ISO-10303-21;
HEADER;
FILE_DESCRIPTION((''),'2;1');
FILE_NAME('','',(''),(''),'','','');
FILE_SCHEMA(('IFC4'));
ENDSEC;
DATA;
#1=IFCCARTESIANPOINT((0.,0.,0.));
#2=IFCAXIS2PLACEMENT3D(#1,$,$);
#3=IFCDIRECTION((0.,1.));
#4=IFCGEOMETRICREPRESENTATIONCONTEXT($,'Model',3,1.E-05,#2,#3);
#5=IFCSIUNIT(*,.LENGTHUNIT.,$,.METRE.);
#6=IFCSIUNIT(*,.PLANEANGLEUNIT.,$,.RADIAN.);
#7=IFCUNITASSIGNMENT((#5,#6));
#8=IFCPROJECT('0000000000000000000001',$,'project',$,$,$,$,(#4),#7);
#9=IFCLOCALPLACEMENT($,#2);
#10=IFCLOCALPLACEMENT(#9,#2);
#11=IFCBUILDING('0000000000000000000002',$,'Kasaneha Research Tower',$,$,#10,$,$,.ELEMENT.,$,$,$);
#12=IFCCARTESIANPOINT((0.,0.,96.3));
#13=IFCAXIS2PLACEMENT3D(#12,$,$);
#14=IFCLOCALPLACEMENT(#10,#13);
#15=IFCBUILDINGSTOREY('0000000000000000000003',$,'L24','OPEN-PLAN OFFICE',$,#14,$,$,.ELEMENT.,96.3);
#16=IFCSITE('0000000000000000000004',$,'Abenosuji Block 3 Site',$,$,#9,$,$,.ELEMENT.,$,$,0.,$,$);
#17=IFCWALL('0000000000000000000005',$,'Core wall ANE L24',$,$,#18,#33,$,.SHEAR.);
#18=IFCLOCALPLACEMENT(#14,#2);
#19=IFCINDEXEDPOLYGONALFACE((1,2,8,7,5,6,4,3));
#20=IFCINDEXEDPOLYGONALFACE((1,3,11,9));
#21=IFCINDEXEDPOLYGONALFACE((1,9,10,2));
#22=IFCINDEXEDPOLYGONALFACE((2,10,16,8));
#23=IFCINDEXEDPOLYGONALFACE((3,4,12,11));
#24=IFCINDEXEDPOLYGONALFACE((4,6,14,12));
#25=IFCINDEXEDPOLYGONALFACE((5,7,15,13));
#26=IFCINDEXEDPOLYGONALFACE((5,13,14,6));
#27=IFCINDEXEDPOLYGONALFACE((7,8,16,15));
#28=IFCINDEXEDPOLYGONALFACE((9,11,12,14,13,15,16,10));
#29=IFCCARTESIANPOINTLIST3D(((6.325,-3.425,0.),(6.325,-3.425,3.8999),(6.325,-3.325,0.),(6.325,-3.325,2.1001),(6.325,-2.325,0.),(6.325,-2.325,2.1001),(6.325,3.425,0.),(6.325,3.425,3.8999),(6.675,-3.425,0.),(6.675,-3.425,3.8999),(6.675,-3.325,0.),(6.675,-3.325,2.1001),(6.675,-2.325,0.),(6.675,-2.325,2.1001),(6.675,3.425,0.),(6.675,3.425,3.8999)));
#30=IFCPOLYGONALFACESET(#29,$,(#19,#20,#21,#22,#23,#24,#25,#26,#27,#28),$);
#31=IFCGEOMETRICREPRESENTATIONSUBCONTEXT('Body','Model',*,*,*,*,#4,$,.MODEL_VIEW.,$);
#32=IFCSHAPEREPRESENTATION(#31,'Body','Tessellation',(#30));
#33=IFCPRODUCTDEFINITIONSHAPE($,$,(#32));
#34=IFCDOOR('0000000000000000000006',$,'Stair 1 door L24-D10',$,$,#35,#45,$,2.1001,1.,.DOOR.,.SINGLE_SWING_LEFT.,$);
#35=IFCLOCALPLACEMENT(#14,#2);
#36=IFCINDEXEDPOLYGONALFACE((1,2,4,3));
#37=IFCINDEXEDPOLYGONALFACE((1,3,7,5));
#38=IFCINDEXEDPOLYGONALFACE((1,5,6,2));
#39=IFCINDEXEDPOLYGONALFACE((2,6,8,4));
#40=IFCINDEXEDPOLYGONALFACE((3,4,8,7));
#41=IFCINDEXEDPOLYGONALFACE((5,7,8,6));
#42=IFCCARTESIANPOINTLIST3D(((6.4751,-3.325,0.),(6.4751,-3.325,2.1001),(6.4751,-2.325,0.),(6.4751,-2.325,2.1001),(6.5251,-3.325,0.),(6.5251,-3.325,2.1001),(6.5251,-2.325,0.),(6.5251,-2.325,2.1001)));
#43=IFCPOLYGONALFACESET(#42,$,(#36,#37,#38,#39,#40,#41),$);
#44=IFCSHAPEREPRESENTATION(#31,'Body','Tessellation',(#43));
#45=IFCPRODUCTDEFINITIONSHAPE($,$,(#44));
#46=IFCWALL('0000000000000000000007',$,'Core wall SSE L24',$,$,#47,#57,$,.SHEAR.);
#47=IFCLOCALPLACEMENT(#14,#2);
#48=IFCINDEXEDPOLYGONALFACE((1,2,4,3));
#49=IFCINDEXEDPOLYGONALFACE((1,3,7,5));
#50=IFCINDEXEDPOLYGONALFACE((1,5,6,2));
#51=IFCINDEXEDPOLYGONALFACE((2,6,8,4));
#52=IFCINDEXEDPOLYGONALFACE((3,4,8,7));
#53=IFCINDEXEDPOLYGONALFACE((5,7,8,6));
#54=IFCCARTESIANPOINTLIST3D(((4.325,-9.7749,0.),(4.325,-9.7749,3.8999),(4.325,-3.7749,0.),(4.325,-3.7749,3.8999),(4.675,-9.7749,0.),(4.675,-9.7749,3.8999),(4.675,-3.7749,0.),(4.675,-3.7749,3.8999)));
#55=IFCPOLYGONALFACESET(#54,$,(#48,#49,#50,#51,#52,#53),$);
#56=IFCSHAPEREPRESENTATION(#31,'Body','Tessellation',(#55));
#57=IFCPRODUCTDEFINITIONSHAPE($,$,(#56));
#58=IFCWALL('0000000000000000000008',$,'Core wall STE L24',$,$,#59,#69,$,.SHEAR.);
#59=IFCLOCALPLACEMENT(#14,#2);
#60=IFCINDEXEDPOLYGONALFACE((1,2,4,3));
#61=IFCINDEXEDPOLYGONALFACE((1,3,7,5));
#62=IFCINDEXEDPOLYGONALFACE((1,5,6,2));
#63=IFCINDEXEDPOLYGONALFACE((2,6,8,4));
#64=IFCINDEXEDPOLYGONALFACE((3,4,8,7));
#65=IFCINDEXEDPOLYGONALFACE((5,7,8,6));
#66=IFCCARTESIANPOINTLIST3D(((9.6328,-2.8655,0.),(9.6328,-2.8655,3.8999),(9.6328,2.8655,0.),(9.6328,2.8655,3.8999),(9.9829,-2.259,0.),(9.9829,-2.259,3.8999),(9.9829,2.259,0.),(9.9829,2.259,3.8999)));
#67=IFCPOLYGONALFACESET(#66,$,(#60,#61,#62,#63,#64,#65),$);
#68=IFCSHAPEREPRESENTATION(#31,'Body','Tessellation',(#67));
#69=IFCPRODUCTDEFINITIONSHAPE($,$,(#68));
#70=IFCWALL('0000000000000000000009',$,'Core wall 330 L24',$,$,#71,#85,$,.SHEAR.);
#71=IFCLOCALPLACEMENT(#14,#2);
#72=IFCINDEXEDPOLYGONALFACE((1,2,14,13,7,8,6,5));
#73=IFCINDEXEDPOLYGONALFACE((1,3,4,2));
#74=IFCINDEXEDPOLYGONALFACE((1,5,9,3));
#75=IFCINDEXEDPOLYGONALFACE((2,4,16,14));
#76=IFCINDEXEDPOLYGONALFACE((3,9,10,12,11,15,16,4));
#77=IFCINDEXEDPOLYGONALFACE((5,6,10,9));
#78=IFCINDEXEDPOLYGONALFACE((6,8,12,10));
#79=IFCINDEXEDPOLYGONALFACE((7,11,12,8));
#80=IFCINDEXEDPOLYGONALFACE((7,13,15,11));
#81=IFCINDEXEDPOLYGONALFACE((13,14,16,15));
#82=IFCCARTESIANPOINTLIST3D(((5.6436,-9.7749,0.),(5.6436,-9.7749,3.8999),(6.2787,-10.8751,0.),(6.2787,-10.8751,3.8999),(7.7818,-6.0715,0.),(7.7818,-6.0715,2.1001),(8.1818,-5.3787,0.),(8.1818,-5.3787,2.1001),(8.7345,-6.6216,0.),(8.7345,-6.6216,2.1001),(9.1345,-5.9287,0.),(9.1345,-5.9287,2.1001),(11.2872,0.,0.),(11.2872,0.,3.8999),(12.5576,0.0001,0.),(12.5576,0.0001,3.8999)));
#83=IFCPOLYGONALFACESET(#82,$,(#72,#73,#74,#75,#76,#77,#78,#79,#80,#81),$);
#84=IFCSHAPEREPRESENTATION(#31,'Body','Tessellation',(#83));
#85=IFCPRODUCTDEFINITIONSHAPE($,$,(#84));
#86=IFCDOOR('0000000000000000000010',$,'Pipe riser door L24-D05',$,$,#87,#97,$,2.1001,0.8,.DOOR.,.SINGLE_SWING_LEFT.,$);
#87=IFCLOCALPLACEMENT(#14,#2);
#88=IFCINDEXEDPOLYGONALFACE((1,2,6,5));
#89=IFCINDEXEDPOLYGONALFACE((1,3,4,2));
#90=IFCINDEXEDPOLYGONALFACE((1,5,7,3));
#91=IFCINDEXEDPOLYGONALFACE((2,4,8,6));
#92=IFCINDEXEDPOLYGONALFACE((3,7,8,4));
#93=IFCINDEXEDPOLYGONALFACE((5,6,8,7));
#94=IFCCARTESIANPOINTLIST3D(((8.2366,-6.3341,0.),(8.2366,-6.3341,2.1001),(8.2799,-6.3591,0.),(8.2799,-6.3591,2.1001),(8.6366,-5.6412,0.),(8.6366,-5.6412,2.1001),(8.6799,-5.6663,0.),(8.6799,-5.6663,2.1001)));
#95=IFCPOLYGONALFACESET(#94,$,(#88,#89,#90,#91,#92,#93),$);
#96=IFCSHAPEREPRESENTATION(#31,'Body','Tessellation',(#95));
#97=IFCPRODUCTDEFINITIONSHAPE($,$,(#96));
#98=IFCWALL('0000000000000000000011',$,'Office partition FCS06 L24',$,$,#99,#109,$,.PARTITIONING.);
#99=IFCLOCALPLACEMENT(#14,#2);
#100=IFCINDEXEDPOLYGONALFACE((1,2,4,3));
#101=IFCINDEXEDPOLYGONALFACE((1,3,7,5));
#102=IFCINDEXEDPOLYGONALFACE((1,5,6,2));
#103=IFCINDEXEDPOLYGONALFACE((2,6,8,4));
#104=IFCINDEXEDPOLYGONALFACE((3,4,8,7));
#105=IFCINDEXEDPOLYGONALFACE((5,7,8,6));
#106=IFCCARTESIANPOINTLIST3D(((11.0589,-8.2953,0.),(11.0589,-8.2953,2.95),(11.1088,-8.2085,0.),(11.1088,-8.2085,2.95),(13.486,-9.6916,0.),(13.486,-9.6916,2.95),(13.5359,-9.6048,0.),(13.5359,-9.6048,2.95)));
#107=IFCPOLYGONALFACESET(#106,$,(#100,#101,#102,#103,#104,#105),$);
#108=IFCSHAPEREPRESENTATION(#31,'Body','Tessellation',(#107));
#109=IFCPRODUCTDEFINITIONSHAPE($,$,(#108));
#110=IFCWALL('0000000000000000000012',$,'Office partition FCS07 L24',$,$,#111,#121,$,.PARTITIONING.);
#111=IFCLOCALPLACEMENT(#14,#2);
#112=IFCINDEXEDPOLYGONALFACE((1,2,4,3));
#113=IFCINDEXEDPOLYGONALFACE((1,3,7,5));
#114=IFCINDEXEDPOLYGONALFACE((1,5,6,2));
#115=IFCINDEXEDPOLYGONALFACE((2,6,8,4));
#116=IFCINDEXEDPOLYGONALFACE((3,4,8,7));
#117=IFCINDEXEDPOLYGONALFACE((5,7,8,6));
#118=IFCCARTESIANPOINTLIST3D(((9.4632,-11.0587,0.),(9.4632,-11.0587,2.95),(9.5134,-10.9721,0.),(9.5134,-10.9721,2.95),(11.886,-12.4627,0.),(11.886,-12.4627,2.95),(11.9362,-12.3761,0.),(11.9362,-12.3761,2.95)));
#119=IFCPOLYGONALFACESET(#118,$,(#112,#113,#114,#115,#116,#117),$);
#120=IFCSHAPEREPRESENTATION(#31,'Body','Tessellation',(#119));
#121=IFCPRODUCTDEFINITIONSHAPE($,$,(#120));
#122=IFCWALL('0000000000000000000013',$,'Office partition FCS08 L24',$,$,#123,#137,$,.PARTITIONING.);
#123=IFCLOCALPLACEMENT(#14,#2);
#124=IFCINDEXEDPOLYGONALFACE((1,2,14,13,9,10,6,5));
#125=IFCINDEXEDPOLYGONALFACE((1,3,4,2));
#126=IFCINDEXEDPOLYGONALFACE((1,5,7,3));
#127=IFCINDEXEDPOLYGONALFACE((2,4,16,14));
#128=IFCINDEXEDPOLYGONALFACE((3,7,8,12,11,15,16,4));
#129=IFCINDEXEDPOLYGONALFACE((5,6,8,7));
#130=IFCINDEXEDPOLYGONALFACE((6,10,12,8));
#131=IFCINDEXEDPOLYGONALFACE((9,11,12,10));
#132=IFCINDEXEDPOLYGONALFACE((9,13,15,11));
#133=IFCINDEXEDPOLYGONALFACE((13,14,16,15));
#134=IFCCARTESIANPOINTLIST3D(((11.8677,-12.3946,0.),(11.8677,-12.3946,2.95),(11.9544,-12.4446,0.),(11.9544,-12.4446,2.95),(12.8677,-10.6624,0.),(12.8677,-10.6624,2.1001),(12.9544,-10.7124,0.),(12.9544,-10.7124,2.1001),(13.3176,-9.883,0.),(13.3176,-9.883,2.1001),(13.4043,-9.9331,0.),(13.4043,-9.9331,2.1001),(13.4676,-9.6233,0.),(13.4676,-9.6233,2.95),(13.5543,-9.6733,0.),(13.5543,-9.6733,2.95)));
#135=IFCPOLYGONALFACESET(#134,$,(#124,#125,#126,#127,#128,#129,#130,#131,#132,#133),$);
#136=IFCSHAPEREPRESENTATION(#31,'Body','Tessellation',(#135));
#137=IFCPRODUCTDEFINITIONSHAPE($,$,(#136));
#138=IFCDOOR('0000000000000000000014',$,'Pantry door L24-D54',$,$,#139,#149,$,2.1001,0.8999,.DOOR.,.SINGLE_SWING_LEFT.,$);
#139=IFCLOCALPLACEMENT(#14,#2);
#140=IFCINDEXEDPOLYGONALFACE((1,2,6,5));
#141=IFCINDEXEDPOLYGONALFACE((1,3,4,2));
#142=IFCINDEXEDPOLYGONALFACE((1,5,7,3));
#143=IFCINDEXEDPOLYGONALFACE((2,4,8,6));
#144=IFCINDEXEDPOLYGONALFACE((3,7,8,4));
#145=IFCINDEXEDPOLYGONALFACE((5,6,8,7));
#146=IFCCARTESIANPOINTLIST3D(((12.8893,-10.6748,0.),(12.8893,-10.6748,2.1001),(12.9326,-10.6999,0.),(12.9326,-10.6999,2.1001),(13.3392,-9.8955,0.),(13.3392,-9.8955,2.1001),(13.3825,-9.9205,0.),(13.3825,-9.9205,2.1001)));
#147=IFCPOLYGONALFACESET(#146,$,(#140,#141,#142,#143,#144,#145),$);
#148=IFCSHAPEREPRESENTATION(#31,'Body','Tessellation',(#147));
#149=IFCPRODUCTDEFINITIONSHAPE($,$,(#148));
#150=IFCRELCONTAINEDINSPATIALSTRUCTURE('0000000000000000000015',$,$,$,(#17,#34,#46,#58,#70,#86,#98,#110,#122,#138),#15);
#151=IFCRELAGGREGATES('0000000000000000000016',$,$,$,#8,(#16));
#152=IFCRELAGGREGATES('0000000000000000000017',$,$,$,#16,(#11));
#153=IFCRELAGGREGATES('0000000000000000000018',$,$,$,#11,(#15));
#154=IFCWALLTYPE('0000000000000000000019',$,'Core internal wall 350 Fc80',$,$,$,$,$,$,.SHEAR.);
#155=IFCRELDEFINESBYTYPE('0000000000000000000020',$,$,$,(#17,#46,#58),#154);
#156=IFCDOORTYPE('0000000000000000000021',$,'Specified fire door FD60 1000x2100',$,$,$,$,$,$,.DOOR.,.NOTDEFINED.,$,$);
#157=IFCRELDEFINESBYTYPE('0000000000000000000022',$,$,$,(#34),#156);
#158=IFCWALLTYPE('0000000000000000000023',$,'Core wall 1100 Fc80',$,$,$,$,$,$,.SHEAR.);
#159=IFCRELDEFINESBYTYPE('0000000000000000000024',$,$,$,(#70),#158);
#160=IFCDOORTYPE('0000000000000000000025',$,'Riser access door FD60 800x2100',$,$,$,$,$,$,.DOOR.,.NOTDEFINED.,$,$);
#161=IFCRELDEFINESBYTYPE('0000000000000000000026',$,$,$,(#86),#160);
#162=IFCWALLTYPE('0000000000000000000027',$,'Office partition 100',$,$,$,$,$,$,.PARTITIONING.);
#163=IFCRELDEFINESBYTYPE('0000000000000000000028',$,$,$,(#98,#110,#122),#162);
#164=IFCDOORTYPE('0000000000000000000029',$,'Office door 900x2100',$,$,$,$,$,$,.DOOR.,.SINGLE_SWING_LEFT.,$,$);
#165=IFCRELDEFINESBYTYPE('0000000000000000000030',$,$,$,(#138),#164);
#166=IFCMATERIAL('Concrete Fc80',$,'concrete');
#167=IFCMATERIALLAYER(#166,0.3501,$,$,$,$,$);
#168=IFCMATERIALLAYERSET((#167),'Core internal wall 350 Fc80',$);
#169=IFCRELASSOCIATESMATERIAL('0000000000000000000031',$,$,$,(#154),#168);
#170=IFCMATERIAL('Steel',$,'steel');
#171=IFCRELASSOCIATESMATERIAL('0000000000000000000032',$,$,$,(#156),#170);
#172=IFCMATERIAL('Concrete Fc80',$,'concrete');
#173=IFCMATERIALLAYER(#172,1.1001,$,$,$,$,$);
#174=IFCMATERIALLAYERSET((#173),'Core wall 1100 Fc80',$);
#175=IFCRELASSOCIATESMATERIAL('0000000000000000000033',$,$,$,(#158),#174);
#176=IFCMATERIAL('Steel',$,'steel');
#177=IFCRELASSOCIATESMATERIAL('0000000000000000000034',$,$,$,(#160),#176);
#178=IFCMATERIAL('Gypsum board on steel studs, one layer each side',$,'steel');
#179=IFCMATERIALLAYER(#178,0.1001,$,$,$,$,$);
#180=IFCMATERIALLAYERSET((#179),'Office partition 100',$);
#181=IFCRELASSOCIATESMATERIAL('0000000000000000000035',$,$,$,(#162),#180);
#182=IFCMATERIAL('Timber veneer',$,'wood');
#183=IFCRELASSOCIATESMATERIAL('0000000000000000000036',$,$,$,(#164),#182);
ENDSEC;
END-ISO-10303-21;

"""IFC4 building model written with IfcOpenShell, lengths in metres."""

from ifc_helpers import new_model, si_unit, direction, frame, frame_2d, origin, place, context, subcontext, project, spatial, polyline, rectangle, outline, extrude, material, layer, layer_set, type_object, element, fill, save


model = new_model("IFC4")

# Units and contexts
model_context = context("Model", 3, precision=1e-05, world=origin(), true_north=direction((0.0, 1.0)))
body_context = subcontext(model_context, "Body", "Model", "MODEL_VIEW")
ifc_project = project(units=[si_unit("LENGTHUNIT", "METRE"), si_unit("PLANEANGLEUNIT", "RADIAN")], contexts=[model_context])

# Site, building, storey
site_placement = place(None, origin())
site = spatial("IfcSite", under=ifc_project, at=site_placement, Name="Abenosuji Block 3 Site", CompositionType="ELEMENT", RefElevation=0.0)
building_placement = place(site_placement, origin())
building = spatial("IfcBuilding", under=site, at=building_placement, Name="Kasaneha Research Tower", CompositionType="ELEMENT")
storey_placement = place(building_placement, frame((0.0, 0.0, 96.3)))
storey = spatial("IfcBuildingStorey", under=building, at=storey_placement, Name="L24", Description="OPEN-PLAN OFFICE", CompositionType="ELEMENT", Elevation=96.3)

# Wall, opening, door
ifc_material_1 = material(Name="Concrete Fc80", Category="concrete")
ifc_layer_1 = layer(ifc_material_1, 0.3501)
ifc_layer_set_1 = layer_set([ifc_layer_1], Name="Core internal wall 350 Fc80")
wall_type_1 = type_object("IfcWallType", Name="Core internal wall 350 Fc80", PredefinedType="SHEAR", material=ifc_layer_set_1)
ifc_material_2 = material(Name="Steel", Category="steel")
door_type_1 = type_object("IfcDoorType", Name="Specified fire door FD60 1000x2100", OperationType="NOTDEFINED", PredefinedType="DOOR", material=ifc_material_2)
wall_1_placement = place(storey_placement, frame((6.5, -3.425, 0.0), z_axis=(0.0, 0.0, 1.0), x_axis=(0.0, 1.0, 0.0)))
wall_1 = element("IfcWall", 1, at=wall_1_placement, inside=storey, type_object=wall_type_1, Name="Core wall ANE L24", PredefinedType="SHEAR", context=body_context, shape_type="SweptSolid", body=[
    extrude(rectangle(XDim=6.8501, YDim=0.3501, at=frame_2d((3.425, 0.0))), origin(), (0.0, 0.0, 1.0), 3.8999),
])
opening_1_placement = place(wall_1_placement, frame((0.1001, 0.0, 0.0)))
opening_1 = element("IfcOpeningElement", 2, at=opening_1_placement, cuts=wall_1, PredefinedType="OPENING", context=body_context, shape_type="SweptSolid", body=[
    extrude(rectangle(XDim=1.0, YDim=2.1001, at=frame_2d((0.5, 1.05))), frame((0.0, 0.1851, 0.0), z_axis=(0.0, -1.0, 0.0), x_axis=(1.0, 0.0, 0.0)), (0.0, 0.0, 1.0), 0.3701),
])
door_1_placement = place(opening_1_placement, origin())
door_1 = element("IfcDoor", 3, at=door_1_placement, inside=storey, type_object=door_type_1, Name="Stair 1 door L24-D10", OperationType="SINGLE_SWING_LEFT", OverallHeight=2.1001, OverallWidth=1.0, PredefinedType="DOOR", context=body_context, shape_type="SweptSolid", body=[
    extrude(rectangle(XDim=1.0, YDim=2.1001, at=frame_2d((0.5, 1.05))), frame((0.0, 0.0249, 0.0), z_axis=(0.0, -1.0, 0.0), x_axis=(1.0, 0.0, 0.0)), (0.0, 0.0, 1.0), 0.05),
])
fill(opening_1, door_1)

# Walls
wall_2_placement = place(storey_placement, frame((4.5, -3.7749, 0.0), z_axis=(0.0, 0.0, 1.0), x_axis=(0.0, -1.0, 0.0)))
element("IfcWall", 4, at=wall_2_placement, inside=storey, type_object=wall_type_1, Name="Core wall SSE L24", PredefinedType="SHEAR", context=body_context, shape_type="SweptSolid", body=[
    extrude(rectangle(XDim=6.0, YDim=0.3501, at=frame_2d((3.0, 0.0))), origin(), (0.0, 0.0, 1.0), 3.8999),
])
wall_3_placement = place(storey_placement, frame((9.8079, -2.5623, 0.0), z_axis=(0.0, 0.0, 1.0), x_axis=(0.0, 1.0, 0.0)))
element("IfcWall", 5, at=wall_3_placement, inside=storey, type_object=wall_type_1, Name="Core wall STE L24", PredefinedType="SHEAR", context=body_context, shape_type="SweptSolid", body=[
    extrude(outline(polyline([(0.3032, -0.175), (4.8213, -0.175), (5.4277, 0.175), (-0.3032, 0.175), (0.3032, -0.175)])), origin(), (0.0, 0.0, 1.0), 3.8999),
])

# Wall, opening, door
ifc_material_3 = material(Name="Concrete Fc80", Category="concrete")
ifc_layer_2 = layer(ifc_material_3, 1.1001)
ifc_layer_set_2 = layer_set([ifc_layer_2], Name="Core wall 1100 Fc80")
wall_type_2 = type_object("IfcWallType", Name="Core wall 1100 Fc80", PredefinedType="SHEAR", material=ifc_layer_set_2)
wall_4_placement = place(storey_placement, frame((5.9612, -10.325, 0.0), z_axis=(0.0, 0.0, 1.0), x_axis=(0.500004, 0.866023, 0.0)))
wall_4 = element("IfcWall", 6, at=wall_4_placement, inside=storey, type_object=wall_type_2, Name="Core wall 330 L24", PredefinedType="SHEAR", context=body_context, shape_type="SweptSolid", body=[
    extrude(outline(polyline([(-0.3176, -0.55), (4.594, -0.55), (5.394, -0.55), (12.24, -0.55), (11.6047, 0.55), (5.394, 0.55), (4.594, 0.55), (0.3176, 0.55), (-0.3176, -0.55)])), origin(), (0.0, 0.0, 1.0), 3.8999),
])
opening_2_placement = place(wall_4_placement, frame((4.594, 0.0, 0.0)))
opening_2 = element("IfcOpeningElement", 7, at=opening_2_placement, cuts=wall_4, PredefinedType="OPENING", context=body_context, shape_type="SweptSolid", body=[
    extrude(rectangle(XDim=0.8, YDim=2.1001, at=frame_2d((0.3999, 1.05))), frame((0.0, 0.5601, 0.0), z_axis=(0.0, -1.0, 0.0), x_axis=(1.0, 0.0, 0.0)), (0.0, 0.0, 1.0), 1.1201),
])
ifc_material_4 = material(Name="Steel", Category="steel")
door_type_2 = type_object("IfcDoorType", Name="Riser access door FD60 800x2100", OperationType="NOTDEFINED", PredefinedType="DOOR", material=ifc_material_4)
door_2_placement = place(opening_2_placement, origin())
door_2 = element("IfcDoor", 8, at=door_2_placement, inside=storey, type_object=door_type_2, Name="Pipe riser door L24-D05", OperationType="SINGLE_SWING_LEFT", OverallHeight=2.1001, OverallWidth=0.8, PredefinedType="DOOR", context=body_context, shape_type="SweptSolid", body=[
    extrude(rectangle(XDim=0.8, YDim=2.1001, at=frame_2d((0.3999, 1.05))), frame((0.0, 0.0249, 0.0), z_axis=(0.0, -1.0, 0.0), x_axis=(1.0, 0.0, 0.0)), (0.0, 0.0, 1.0), 0.05),
])
fill(opening_2, door_2)

# Walls
ifc_material_5 = material(Name="Gypsum board on steel studs, one layer each side", Category="steel")
ifc_layer_3 = layer(ifc_material_5, 0.1001)
ifc_layer_set_3 = layer_set([ifc_layer_3], Name="Office partition 100")
wall_type_3 = type_object("IfcWallType", Name="Office partition 100", PredefinedType="PARTITIONING", material=ifc_layer_set_3)
wall_5_placement = place(storey_placement, frame((11.084, -8.252, 0.0), z_axis=(0.0, 0.0, 1.0), x_axis=(0.866796, -0.498663, 0.0)))
element("IfcWall", 9, at=wall_5_placement, inside=storey, type_object=wall_type_3, Name="Office partition FCS06 L24", PredefinedType="PARTITIONING", context=body_context, shape_type="SweptSolid", body=[
    extrude(rectangle(XDim=2.8, YDim=0.1001, at=frame_2d((1.3999, 0.0))), origin(), (0.0, 0.0, 1.0), 2.95),
])
wall_6_placement = place(storey_placement, frame((11.9111, -12.4194, 0.0), z_axis=(0.0, 0.0, 1.0), x_axis=(-0.865217, 0.501397, 0.0)))
element("IfcWall", 10, at=wall_6_placement, inside=storey, type_object=wall_type_3, Name="Office partition FCS07 L24", PredefinedType="PARTITIONING", context=body_context, shape_type="SweptSolid", body=[
    extrude(rectangle(XDim=2.8003, YDim=0.1001, at=frame_2d((1.4001, 0.0))), origin(), (0.0, 0.0, 1.0), 2.95),
])

# Wall, opening, door
wall_7_placement = place(storey_placement, frame((13.511, -9.6482, 0.0), z_axis=(0.0, 0.0, 1.0), x_axis=(-0.499971, -0.866042, 0.0)))
wall_7 = element("IfcWall", 11, at=wall_7_placement, inside=storey, type_object=wall_type_3, Name="Office partition FCS08 L24", PredefinedType="PARTITIONING", context=body_context, shape_type="SweptSolid", body=[
    extrude(rectangle(XDim=3.2, YDim=0.1001, at=frame_2d((1.6001, 0.0))), origin(), (0.0, 0.0, 1.0), 2.95),
])
opening_3_placement = place(wall_7_placement, frame((0.3, 0.0, 0.0)))
opening_3 = element("IfcOpeningElement", 12, at=opening_3_placement, cuts=wall_7, PredefinedType="OPENING", context=body_context, shape_type="SweptSolid", body=[
    extrude(rectangle(XDim=0.8999, YDim=2.1001, at=frame_2d((0.45, 1.05))), frame((0.0, 0.0601, 0.0), z_axis=(0.0, -1.0, 0.0), x_axis=(1.0, 0.0, 0.0)), (0.0, 0.0, 1.0), 0.1201),
])
ifc_material_6 = material(Name="Timber veneer", Category="wood")
door_type_3 = type_object("IfcDoorType", Name="Office door 900x2100", OperationType="SINGLE_SWING_LEFT", PredefinedType="DOOR", material=ifc_material_6)
door_3_placement = place(opening_3_placement, origin())
door_3 = element("IfcDoor", 13, at=door_3_placement, inside=storey, type_object=door_type_3, Name="Pantry door L24-D54", OperationType="SINGLE_SWING_LEFT", OverallHeight=2.1001, OverallWidth=0.8999, PredefinedType="DOOR", context=body_context, shape_type="SweptSolid", body=[
    extrude(rectangle(XDim=0.8999, YDim=2.1001, at=frame_2d((0.45, 1.05))), frame((0.0, 0.0249, 0.0), z_axis=(0.0, -1.0, 0.0), x_axis=(1.0, 0.0, 0.0)), (0.0, 0.0, 1.0), 0.05),
])
fill(opening_3, door_3)

save(model, "model.ifc")
